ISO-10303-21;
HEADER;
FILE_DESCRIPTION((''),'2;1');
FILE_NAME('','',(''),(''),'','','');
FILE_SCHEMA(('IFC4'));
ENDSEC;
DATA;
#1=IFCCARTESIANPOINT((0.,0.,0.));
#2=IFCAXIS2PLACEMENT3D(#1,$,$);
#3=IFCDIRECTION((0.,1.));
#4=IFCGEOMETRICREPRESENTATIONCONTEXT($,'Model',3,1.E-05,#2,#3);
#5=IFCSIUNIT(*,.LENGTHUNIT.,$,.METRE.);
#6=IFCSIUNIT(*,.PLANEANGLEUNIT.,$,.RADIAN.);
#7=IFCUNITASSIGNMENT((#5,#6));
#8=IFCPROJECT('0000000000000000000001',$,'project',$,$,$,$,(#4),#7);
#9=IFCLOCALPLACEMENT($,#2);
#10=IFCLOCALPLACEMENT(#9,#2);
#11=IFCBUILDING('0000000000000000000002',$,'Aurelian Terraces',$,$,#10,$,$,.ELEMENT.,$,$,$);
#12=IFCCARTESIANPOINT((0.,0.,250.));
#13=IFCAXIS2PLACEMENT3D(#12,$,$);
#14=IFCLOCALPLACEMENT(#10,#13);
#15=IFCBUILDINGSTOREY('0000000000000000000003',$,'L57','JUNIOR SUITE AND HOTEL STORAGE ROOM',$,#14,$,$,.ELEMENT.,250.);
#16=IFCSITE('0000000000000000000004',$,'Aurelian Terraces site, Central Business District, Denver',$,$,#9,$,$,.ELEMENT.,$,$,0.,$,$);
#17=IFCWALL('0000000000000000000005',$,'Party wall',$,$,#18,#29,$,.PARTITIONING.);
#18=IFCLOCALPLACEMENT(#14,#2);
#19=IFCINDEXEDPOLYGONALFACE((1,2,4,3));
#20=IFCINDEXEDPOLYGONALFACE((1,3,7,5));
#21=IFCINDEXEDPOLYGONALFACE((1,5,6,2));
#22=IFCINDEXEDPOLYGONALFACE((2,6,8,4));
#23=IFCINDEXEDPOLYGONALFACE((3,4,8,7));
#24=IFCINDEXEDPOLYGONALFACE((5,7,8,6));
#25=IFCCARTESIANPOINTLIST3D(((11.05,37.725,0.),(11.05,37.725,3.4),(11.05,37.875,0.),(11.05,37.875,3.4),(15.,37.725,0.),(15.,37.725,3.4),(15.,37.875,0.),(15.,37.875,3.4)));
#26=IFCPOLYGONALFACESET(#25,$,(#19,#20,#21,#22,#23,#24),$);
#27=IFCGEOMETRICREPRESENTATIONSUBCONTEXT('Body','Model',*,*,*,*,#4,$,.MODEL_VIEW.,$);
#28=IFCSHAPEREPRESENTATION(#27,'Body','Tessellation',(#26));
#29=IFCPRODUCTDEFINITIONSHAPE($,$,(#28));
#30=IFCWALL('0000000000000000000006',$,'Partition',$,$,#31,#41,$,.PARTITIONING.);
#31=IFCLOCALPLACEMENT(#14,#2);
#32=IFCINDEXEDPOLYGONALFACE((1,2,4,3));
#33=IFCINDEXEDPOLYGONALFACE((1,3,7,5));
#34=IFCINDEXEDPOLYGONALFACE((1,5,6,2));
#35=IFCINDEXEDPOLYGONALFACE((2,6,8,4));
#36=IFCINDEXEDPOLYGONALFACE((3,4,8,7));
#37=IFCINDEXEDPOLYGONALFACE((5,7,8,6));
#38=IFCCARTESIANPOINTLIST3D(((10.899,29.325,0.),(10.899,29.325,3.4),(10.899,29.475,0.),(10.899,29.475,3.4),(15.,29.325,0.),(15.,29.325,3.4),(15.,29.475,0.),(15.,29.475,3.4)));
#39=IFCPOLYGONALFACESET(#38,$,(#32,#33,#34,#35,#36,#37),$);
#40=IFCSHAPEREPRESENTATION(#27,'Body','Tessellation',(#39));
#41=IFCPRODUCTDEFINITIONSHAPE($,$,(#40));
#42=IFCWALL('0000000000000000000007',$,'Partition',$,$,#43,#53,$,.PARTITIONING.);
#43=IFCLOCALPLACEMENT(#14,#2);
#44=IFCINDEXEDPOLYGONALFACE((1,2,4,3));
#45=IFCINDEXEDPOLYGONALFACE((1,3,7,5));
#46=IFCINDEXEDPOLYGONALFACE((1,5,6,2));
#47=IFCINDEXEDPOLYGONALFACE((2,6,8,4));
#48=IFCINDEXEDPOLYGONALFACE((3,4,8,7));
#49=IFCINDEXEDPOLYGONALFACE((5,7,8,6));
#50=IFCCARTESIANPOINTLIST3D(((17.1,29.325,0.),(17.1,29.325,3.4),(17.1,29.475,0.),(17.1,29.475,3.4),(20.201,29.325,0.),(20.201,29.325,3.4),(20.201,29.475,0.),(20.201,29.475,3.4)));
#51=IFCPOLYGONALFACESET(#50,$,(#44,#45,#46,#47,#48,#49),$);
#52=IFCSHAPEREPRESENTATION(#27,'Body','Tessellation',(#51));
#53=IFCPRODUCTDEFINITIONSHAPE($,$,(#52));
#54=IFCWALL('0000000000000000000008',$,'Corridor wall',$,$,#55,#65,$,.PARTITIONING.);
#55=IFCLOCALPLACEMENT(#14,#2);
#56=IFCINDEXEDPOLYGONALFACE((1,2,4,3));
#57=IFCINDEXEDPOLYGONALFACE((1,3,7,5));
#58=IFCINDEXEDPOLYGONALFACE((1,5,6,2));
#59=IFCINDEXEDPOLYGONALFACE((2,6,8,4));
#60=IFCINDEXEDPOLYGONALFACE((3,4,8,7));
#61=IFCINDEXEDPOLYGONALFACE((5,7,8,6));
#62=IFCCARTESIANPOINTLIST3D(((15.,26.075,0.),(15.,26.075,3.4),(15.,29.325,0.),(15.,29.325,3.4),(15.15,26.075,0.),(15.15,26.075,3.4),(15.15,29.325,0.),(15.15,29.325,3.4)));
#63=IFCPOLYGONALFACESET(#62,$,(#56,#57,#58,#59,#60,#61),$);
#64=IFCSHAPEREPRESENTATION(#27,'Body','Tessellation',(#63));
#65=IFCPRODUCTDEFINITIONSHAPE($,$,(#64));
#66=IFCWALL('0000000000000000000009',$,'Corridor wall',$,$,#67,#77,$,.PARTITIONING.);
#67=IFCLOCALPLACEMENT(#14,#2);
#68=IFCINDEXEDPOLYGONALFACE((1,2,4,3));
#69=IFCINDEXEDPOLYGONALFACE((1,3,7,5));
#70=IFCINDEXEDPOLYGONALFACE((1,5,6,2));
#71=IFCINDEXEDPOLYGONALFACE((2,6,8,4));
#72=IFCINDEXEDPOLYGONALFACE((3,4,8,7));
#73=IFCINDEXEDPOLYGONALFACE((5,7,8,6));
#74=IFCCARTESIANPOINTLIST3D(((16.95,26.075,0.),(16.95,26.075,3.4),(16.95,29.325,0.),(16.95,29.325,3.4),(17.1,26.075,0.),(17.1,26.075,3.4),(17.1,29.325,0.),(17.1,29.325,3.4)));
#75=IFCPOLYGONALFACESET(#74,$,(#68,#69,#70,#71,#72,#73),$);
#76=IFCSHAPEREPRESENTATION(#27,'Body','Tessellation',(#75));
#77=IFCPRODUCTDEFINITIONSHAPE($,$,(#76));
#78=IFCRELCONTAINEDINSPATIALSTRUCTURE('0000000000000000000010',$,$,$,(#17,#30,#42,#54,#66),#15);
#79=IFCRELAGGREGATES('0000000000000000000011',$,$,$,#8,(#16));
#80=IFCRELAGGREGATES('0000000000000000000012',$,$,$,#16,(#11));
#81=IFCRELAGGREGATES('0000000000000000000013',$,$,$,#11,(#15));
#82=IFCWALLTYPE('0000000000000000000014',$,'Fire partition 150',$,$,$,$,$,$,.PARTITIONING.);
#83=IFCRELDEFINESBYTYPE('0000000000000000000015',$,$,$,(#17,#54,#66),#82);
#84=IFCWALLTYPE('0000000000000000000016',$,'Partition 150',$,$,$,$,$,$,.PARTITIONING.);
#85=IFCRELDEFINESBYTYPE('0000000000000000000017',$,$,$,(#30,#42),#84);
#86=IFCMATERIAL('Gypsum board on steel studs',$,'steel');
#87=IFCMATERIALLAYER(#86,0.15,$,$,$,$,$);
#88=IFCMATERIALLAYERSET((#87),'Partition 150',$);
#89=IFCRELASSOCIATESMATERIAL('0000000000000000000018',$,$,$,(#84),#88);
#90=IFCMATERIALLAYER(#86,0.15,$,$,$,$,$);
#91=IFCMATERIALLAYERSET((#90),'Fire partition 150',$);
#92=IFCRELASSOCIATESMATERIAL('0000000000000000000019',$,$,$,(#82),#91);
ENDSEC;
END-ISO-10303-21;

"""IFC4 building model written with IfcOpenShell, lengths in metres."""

from ifc_helpers import new_model, si_unit, direction, frame, frame_2d, origin, place, context, subcontext, project, spatial, rectangle, extrude, source, transform, mapped, material, layer, layer_set, type_object, element, save


model = new_model("IFC4")

# Units and contexts
model_context = context("Model", 3, precision=1e-05, world=origin(), true_north=direction((0.0, 1.0)))
body_context = subcontext(model_context, "Body", "Model", "MODEL_VIEW")
ifc_project = project(units=[si_unit("LENGTHUNIT", "METRE"), si_unit("PLANEANGLEUNIT", "RADIAN")], contexts=[model_context])

# Site, building, storey
site_placement = place(None, origin())
site = spatial("IfcSite", under=ifc_project, at=site_placement, Name="Aurelian Terraces site, Central Business District, Denver", CompositionType="ELEMENT", RefElevation=0.0)
building_placement = place(site_placement, origin())
building = spatial("IfcBuilding", under=site, at=building_placement, Name="Aurelian Terraces", CompositionType="ELEMENT")
storey_placement = place(building_placement, frame((0.0, 0.0, 250.0)))
storey = spatial("IfcBuildingStorey", under=building, at=storey_placement, Name="L57", Description="JUNIOR SUITE AND HOTEL STORAGE ROOM", CompositionType="ELEMENT", Elevation=250.0)

# Shared definitions
ifc_material_1 = material(Name="Gypsum board on steel studs", Category="steel")
ifc_layer_1 = layer(ifc_material_1, 0.15)
ifc_layer_set_1 = layer_set([ifc_layer_1], Name="Partition 150")
wall_type_1 = type_object("IfcWallType", Name="Partition 150", PredefinedType="PARTITIONING", material=ifc_layer_set_1)

# Shared definitions
ifc_layer_2 = layer(ifc_material_1, 0.15)
ifc_layer_set_2 = layer_set([ifc_layer_2], Name="Fire partition 150")
wall_type_2 = type_object("IfcWallType", Name="Fire partition 150", PredefinedType="PARTITIONING", material=ifc_layer_set_2)

# Walls
shared_shape_1 = source(origin(), body_context, "Body", "SweptSolid", [
    extrude(rectangle(XDim=3.95, YDim=0.15, at=frame_2d((1.975, 0.0))), origin(), (0.0, 0.0, 1.0), 3.4),
])
wall_1_placement = place(storey_placement, frame((15.0, 37.8, 0.0), z_axis=(0.0, 0.0, 1.0), x_axis=(-1.0, 0.0, 0.0)))
element("IfcWall", 1, at=wall_1_placement, inside=storey, type_object=wall_type_2, Name="Party wall", PredefinedType="PARTITIONING", context=body_context, shape_type="MappedRepresentation", body=[
    mapped(shared_shape_1, transform((0.0, 0.0, 0.0), scale=1.0)),
])
shared_shape_2 = source(origin(), body_context, "Body", "SweptSolid", [
    extrude(rectangle(XDim=4.101, YDim=0.15, at=frame_2d((2.0505, 0.0))), origin(), (0.0, 0.0, 1.0), 3.4),
])
wall_2_placement = place(storey_placement, frame((15.0, 29.4, 0.0), z_axis=(0.0, 0.0, 1.0), x_axis=(-1.0, 0.0, 0.0)))
element("IfcWall", 2, at=wall_2_placement, inside=storey, type_object=wall_type_1, Name="Partition", PredefinedType="PARTITIONING", context=body_context, shape_type="MappedRepresentation", body=[
    mapped(shared_shape_2, transform((0.0, 0.0, 0.0), scale=1.0)),
])
shared_shape_3 = source(origin(), body_context, "Body", "SweptSolid", [
    extrude(rectangle(XDim=3.101, YDim=0.15, at=frame_2d((1.5505, 0.0))), origin(), (0.0, 0.0, 1.0), 3.4),
])
wall_3_placement = place(storey_placement, frame((20.201, 29.4, 0.0), z_axis=(0.0, 0.0, 1.0), x_axis=(-1.0, 0.0, 0.0)))
element("IfcWall", 3, at=wall_3_placement, inside=storey, type_object=wall_type_1, Name="Partition", PredefinedType="PARTITIONING", context=body_context, shape_type="MappedRepresentation", body=[
    mapped(shared_shape_3, transform((0.0, 0.0, 0.0), scale=1.0)),
])
shared_shape_4 = source(origin(), body_context, "Body", "SweptSolid", [
    extrude(rectangle(XDim=3.25, YDim=0.15, at=frame_2d((1.625, 0.0))), origin(), (0.0, 0.0, 1.0), 3.4),
])
for number, where, z_axis, x_axis, name in (
    (4, (15.075, 26.075, 0.0), (0.0, 0.0, 1.0), (0.0, 1.0, 0.0), "Corridor wall"),
    (5, (17.025, 29.325, 0.0), (0.0, 0.0, 1.0), (0.0, -1.0, 0.0), "Corridor wall"),
):
    element("IfcWall", number, at=place(storey_placement, frame(where, z_axis=z_axis, x_axis=x_axis)), inside=storey, type_object=wall_type_2, Name=name, PredefinedType="PARTITIONING", context=body_context, shape_type="MappedRepresentation", body=[
        mapped(shared_shape_4, transform((0.0, 0.0, 0.0), scale=1.0)),
    ])

save(model, "model.ifc")
